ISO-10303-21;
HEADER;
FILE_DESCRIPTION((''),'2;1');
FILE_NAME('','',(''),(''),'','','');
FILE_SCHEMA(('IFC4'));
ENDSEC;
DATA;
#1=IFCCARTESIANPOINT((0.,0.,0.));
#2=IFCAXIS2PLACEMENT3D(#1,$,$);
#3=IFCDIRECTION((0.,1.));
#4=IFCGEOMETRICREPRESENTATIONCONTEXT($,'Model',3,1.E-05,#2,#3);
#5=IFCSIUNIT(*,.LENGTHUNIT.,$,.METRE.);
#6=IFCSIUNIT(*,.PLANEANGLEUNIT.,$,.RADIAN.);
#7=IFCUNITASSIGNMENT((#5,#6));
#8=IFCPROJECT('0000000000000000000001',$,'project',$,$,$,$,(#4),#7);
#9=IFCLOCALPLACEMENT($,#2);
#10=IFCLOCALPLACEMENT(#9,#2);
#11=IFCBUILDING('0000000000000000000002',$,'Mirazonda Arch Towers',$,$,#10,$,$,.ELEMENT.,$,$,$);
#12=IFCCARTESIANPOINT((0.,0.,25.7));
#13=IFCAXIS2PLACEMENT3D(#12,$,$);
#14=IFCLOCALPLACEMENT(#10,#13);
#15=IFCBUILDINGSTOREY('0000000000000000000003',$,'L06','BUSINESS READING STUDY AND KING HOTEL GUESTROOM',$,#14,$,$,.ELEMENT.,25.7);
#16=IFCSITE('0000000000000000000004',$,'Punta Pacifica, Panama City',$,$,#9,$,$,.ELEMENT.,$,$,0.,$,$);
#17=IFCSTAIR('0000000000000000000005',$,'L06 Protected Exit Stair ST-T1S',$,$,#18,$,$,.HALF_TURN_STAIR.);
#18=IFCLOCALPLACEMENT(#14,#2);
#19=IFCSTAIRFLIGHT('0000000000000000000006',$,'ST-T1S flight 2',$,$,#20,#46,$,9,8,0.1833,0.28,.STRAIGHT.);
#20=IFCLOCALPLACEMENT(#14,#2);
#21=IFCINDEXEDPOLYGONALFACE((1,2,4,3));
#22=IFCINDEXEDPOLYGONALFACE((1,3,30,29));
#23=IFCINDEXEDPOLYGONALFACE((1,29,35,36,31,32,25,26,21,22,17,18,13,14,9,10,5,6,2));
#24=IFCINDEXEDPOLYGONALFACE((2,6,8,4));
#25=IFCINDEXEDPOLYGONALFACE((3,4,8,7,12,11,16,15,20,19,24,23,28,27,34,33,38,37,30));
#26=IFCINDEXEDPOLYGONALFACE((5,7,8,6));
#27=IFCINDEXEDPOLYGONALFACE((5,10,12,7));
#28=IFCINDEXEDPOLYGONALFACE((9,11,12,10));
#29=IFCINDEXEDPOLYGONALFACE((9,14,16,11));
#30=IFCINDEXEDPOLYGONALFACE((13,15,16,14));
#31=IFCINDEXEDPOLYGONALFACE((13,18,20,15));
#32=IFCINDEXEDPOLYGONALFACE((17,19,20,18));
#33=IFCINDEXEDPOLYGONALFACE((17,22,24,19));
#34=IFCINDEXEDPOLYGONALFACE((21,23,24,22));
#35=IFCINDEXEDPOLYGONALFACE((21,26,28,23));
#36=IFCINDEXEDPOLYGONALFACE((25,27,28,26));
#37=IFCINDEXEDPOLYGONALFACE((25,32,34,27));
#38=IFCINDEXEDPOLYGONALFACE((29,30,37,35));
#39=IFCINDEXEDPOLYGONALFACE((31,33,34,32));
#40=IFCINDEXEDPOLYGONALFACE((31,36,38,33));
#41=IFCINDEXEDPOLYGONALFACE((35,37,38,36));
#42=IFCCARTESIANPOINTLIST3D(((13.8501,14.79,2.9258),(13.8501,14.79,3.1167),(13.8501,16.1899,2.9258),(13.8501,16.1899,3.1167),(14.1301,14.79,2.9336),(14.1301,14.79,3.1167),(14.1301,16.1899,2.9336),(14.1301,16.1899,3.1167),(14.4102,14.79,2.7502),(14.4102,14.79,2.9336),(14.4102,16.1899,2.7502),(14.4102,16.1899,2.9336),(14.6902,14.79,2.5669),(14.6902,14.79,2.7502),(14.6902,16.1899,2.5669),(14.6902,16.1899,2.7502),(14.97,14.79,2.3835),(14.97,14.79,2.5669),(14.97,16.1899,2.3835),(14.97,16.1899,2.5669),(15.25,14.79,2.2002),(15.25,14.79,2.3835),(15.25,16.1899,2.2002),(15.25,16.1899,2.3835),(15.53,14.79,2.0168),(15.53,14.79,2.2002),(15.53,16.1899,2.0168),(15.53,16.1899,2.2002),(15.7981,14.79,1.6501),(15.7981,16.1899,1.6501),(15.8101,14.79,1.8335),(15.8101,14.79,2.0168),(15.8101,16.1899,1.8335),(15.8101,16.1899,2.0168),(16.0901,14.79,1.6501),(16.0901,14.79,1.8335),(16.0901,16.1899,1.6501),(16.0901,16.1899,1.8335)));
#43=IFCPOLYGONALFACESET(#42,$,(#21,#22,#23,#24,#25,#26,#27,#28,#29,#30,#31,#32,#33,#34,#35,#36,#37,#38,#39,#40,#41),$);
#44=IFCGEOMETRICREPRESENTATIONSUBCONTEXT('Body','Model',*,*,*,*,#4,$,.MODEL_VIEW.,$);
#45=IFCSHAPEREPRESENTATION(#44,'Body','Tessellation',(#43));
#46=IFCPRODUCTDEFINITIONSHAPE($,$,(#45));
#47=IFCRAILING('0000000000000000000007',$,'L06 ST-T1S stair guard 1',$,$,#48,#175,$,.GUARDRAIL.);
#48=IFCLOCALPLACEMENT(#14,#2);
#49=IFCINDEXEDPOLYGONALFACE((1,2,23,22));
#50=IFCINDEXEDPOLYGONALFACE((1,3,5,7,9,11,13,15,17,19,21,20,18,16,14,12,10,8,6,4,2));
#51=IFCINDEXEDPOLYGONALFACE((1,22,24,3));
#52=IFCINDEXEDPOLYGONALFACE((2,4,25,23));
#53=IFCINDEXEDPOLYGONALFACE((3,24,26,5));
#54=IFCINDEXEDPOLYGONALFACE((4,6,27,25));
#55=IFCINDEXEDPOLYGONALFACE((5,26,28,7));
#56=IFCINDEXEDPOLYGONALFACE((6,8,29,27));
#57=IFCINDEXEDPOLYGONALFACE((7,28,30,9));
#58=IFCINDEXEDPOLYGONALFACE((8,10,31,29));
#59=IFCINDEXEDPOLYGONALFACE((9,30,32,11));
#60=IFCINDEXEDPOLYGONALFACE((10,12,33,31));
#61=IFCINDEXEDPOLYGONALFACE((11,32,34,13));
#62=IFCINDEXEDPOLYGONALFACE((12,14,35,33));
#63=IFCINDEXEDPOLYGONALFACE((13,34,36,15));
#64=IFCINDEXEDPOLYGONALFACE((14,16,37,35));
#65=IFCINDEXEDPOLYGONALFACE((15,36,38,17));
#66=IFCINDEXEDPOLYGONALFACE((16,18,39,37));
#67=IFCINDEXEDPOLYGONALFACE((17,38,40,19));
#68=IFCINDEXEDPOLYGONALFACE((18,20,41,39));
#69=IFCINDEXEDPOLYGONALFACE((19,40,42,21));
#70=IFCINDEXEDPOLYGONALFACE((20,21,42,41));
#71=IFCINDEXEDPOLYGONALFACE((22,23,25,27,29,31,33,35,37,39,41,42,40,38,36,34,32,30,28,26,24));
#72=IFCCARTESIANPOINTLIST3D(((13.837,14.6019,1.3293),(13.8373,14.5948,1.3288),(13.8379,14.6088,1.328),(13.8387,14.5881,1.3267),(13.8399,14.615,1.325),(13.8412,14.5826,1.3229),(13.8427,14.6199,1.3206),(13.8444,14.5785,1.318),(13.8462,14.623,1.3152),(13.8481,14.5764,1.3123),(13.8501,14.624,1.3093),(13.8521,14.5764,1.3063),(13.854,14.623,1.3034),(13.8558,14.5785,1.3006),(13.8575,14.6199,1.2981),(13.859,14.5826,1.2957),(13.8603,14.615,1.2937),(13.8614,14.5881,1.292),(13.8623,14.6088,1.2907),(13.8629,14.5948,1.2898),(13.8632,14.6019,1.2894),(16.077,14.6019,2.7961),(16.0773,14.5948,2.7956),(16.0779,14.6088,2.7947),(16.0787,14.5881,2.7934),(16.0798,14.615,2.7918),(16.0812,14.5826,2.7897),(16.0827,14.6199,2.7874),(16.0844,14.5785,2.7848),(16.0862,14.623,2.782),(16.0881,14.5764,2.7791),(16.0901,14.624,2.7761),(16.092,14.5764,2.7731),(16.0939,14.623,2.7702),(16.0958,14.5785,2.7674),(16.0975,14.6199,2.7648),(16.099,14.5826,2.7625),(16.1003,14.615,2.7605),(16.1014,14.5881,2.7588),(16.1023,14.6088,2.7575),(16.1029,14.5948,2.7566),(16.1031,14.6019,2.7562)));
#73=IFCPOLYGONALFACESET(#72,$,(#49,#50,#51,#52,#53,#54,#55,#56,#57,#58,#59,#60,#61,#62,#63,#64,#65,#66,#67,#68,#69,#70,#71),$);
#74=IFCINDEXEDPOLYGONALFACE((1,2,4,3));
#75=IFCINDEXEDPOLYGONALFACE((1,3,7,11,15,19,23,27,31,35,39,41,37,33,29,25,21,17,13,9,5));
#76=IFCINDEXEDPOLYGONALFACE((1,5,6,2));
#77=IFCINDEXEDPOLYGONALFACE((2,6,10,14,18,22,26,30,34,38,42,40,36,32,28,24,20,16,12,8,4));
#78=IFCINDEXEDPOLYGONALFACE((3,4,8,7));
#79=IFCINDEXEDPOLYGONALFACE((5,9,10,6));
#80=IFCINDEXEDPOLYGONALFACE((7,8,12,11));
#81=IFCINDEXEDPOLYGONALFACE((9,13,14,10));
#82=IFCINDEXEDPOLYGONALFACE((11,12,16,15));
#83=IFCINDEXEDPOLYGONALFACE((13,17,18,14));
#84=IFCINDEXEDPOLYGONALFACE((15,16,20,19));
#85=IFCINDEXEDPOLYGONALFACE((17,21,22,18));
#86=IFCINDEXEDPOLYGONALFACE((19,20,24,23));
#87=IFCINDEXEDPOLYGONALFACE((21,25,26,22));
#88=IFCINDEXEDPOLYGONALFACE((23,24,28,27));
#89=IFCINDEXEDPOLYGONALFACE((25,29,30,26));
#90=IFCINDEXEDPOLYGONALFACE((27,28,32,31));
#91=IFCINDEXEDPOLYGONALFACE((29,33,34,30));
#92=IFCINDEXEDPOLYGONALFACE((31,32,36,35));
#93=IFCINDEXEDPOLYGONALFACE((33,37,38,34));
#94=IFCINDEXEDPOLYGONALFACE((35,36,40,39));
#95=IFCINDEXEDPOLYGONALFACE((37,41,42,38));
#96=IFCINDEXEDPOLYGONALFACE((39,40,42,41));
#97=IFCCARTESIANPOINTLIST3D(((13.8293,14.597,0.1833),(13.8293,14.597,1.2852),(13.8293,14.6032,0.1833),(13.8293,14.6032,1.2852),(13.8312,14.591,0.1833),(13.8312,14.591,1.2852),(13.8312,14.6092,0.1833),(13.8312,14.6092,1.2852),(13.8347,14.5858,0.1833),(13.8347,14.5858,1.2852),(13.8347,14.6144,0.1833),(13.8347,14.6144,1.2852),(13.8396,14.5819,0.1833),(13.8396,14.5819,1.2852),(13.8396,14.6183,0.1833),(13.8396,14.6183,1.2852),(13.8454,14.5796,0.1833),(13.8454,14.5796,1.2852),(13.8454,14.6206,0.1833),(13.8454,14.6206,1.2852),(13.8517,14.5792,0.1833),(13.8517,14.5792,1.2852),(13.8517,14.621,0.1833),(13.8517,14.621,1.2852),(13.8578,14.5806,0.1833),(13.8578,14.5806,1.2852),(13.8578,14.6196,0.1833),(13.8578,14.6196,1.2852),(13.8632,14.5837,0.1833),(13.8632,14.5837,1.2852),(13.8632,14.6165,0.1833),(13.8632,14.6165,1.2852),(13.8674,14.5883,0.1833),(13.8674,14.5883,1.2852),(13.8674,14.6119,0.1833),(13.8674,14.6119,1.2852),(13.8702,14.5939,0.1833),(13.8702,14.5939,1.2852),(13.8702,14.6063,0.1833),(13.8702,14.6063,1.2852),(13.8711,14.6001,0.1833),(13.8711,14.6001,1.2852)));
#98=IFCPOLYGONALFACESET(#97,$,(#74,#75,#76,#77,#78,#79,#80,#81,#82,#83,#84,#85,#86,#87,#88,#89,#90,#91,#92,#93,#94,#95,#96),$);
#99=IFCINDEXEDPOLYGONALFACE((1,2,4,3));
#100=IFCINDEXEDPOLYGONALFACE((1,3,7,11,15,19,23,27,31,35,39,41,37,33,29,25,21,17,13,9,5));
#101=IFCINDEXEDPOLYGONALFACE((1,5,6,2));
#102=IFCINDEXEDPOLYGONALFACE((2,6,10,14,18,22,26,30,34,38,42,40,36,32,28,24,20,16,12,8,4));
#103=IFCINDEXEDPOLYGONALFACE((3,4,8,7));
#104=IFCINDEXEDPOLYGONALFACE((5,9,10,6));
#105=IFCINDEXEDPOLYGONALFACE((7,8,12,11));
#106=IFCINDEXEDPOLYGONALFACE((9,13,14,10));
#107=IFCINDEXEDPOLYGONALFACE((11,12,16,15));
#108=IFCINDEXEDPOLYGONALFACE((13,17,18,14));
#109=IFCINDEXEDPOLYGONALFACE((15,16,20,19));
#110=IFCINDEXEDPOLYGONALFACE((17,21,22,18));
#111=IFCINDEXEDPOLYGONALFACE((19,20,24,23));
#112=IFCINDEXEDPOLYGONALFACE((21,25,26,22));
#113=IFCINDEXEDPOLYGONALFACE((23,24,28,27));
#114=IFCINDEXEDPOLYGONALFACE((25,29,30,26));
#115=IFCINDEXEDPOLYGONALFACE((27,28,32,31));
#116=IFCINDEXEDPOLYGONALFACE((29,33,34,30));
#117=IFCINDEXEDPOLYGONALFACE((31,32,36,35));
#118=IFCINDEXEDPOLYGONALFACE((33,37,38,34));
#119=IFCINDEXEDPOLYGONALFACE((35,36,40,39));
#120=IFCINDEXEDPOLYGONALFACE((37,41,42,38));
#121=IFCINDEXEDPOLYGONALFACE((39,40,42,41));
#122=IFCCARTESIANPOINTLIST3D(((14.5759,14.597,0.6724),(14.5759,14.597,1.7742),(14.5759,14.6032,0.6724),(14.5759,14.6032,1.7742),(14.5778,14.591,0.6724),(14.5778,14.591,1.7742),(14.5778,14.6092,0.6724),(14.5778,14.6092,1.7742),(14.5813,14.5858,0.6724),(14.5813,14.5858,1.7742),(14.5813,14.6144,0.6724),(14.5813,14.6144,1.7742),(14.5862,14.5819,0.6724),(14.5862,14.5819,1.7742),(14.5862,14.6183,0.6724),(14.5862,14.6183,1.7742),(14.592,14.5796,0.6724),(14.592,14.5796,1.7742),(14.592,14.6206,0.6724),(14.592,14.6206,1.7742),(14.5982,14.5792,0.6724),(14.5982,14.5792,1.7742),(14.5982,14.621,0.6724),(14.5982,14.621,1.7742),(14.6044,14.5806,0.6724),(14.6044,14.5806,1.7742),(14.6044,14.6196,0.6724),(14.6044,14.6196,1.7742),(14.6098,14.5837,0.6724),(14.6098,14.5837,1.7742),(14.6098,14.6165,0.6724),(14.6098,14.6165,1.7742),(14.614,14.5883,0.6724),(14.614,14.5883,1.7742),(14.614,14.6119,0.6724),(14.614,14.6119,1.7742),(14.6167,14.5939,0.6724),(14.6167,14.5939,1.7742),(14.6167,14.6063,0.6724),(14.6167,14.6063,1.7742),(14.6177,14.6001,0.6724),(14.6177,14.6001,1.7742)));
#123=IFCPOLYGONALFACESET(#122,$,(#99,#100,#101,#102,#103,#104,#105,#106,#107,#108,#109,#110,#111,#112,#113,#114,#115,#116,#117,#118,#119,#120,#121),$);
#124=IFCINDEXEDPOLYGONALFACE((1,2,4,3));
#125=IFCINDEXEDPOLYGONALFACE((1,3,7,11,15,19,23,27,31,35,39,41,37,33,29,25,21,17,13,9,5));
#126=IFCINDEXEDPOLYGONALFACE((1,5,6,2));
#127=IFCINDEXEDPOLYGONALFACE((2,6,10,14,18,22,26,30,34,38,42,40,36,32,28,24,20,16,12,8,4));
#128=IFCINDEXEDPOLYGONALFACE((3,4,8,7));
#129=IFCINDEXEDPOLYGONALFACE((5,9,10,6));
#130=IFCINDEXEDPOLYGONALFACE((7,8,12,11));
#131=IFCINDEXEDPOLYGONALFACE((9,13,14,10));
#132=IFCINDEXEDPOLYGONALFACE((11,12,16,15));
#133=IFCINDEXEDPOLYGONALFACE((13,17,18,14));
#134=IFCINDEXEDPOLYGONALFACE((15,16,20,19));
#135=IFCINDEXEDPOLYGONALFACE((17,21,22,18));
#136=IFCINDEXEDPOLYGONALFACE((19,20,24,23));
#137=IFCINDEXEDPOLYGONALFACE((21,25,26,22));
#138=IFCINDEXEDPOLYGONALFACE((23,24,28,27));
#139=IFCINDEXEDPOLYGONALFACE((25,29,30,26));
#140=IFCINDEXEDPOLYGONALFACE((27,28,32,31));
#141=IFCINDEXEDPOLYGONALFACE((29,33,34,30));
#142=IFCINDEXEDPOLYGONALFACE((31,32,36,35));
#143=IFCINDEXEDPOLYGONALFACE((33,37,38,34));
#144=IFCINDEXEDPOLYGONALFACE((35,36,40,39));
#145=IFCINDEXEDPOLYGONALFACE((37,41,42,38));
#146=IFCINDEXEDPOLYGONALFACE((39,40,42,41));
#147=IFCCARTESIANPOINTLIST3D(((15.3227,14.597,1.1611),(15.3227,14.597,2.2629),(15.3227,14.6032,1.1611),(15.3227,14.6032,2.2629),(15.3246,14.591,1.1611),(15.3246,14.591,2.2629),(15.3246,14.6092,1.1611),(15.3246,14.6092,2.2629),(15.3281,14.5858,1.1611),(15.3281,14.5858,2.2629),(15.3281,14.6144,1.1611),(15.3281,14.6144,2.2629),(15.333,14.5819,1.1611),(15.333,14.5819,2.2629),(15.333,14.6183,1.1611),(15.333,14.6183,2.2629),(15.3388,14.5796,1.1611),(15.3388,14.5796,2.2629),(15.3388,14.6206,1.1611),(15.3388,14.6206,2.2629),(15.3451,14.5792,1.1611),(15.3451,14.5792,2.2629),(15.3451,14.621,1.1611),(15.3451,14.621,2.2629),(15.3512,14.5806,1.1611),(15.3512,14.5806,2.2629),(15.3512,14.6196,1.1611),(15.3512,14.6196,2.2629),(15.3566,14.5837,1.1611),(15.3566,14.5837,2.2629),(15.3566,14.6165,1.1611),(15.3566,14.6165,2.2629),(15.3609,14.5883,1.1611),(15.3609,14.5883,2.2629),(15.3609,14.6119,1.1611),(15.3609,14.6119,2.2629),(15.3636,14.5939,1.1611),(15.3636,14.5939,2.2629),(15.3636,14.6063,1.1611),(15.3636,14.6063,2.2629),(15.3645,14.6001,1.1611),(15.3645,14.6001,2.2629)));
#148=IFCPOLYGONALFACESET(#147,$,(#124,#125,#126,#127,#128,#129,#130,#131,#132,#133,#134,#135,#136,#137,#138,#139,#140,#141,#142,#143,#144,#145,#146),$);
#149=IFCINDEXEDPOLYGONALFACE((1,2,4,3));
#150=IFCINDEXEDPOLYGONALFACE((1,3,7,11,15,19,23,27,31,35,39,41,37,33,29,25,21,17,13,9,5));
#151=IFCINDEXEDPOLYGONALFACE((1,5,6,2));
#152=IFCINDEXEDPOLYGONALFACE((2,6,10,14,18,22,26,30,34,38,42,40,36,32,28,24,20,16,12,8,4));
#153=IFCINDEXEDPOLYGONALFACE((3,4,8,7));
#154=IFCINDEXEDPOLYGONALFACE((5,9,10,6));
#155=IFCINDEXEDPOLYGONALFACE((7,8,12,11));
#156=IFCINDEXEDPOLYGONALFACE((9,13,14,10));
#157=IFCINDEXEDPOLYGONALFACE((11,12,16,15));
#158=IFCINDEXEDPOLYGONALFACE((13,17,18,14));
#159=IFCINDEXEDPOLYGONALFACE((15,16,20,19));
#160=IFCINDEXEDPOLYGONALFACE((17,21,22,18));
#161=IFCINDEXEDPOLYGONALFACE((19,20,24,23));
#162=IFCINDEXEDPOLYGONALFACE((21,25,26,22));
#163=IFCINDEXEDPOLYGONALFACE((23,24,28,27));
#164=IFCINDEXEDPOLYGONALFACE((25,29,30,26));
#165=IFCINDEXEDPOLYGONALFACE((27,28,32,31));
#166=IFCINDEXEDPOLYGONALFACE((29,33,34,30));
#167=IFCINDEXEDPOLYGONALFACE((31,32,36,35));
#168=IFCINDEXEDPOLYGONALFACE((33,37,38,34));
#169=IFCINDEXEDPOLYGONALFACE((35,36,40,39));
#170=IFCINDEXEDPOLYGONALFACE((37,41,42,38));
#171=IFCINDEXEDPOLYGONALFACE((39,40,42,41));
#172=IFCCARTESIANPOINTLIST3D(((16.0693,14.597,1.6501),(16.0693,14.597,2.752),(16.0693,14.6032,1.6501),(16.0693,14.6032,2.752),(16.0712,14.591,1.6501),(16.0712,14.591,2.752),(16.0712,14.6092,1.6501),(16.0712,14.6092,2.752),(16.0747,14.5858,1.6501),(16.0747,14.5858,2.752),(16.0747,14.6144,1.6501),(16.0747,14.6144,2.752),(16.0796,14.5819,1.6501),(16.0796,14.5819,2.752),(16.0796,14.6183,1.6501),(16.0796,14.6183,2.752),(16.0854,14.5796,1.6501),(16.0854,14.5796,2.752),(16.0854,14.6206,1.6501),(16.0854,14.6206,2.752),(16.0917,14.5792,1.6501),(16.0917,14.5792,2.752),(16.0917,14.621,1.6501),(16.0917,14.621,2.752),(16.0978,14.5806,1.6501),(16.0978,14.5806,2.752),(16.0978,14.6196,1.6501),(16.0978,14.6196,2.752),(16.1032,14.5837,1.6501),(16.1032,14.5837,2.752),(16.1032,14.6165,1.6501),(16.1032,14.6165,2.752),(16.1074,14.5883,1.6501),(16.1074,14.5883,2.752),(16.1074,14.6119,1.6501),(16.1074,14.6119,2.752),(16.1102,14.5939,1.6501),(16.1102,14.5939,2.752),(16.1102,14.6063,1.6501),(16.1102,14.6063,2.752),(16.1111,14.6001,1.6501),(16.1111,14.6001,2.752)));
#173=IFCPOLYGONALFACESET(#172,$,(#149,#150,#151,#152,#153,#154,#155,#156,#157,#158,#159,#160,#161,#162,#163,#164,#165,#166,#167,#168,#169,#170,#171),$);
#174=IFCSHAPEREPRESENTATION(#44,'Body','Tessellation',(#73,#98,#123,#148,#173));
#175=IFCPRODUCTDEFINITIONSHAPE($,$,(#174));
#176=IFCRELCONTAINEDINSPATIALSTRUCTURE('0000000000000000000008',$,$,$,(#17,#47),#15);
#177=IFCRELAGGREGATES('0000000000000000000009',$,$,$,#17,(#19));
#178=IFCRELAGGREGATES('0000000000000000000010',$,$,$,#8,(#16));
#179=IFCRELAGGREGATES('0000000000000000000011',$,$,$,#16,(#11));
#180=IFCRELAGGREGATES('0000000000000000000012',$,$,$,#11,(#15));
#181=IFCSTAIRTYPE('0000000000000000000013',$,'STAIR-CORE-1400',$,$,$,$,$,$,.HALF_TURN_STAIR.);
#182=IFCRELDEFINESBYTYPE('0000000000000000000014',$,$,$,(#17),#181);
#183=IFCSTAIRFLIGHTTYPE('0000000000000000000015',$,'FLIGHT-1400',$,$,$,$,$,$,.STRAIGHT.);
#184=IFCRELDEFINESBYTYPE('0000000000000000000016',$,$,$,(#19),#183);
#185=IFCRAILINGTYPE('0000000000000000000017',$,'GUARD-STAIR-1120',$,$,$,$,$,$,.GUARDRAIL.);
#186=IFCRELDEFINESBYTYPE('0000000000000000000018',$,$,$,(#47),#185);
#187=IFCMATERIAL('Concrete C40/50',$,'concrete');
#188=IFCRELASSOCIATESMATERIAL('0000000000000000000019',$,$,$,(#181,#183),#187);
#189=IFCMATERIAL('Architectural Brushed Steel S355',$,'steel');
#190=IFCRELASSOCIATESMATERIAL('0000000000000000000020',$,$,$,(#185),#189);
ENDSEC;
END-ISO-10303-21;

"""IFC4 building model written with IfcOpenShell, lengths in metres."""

from ifc_helpers import new_model, si_unit, direction, frame, origin, origin_2d, place, context, subcontext, project, spatial, polyline, circle, outline, extrude, material, type_object, element, aggregate, save


model = new_model("IFC4")

# Units and contexts
model_context = context("Model", 3, precision=1e-05, world=origin(), true_north=direction((0.0, 1.0)))
body_context = subcontext(model_context, "Body", "Model", "MODEL_VIEW")
ifc_project = project(units=[si_unit("LENGTHUNIT", "METRE"), si_unit("PLANEANGLEUNIT", "RADIAN")], contexts=[model_context])

# Site, building, storey
site_placement = place(None, origin())
site = spatial("IfcSite", under=ifc_project, at=site_placement, Name="Punta Pacifica, Panama City", CompositionType="ELEMENT", RefElevation=0.0)
building_placement = place(site_placement, origin())
building = spatial("IfcBuilding", under=site, at=building_placement, Name="Mirazonda Arch Towers", CompositionType="ELEMENT")
storey_placement = place(building_placement, frame((0.0, 0.0, 25.7)))
storey = spatial("IfcBuildingStorey", under=building, at=storey_placement, Name="L06", Description="BUSINESS READING STUDY AND KING HOTEL GUESTROOM", CompositionType="ELEMENT", Elevation=25.7)

# Shared definitions
ifc_material_1 = material(Name="Concrete C40/50", Category="concrete")

# Stair, stair flight
stair_type = type_object("IfcStairType", Name="STAIR-CORE-1400", PredefinedType="HALF_TURN_STAIR", material=ifc_material_1)
stair_placement = place(storey_placement, origin())
stair = element("IfcStair", 1, at=stair_placement, inside=storey, type_object=stair_type, Name="L06 Protected Exit Stair ST-T1S", PredefinedType="HALF_TURN_STAIR")
stair_flight_type = type_object("IfcStairFlightType", Name="FLIGHT-1400", PredefinedType="STRAIGHT", material=ifc_material_1)
stair_flight_1_placement = place(storey_placement, frame((16.0901, 15.49, 1.6501), z_axis=(0.0, 0.0, 1.0), x_axis=(-1.0, 0.0, 0.0)))
stair_flight_1 = element("IfcStairFlight", 2, at=stair_flight_1_placement, type_object=stair_flight_type, Name="ST-T1S flight 2", NumberOfRisers=9, NumberOfTreads=8, PredefinedType="STRAIGHT", RiserHeight=0.1833, TreadLength=0.28, context=body_context, shape_type="SweptSolid", body=[
    extrude(outline(polyline([(0.0, 0.0), (0.0, 0.1833), (0.28, 0.1833), (0.28, 0.3667), (0.5601, 0.3667), (0.5601, 0.55), (0.8401, 0.55), (0.8401, 0.7334), (1.1201, 0.7334), (1.1201, 0.9167), (1.3999, 0.9167), (1.3999, 1.1001), (1.6799, 1.1001), (1.6799, 1.2834), (1.96, 1.2834), (1.96, 1.4666), (2.24, 1.4666), (2.24, 1.6499), (2.24, 1.2756), (0.292, 0.0), (0.0, 0.0)])), frame((0.0, 0.7, 0.0), z_axis=(0.0, -1.0, 0.0), x_axis=(1.0, 0.0, 0.0)), (0.0, 0.0, 1.0), 1.3999),
])
aggregate(stair, [stair_flight_1])

# Railing
ifc_material_2 = material(Name="Architectural Brushed Steel S355", Category="steel")
railing_type_1 = type_object("IfcRailingType", Name="GUARD-STAIR-1120", PredefinedType="GUARDRAIL", material=ifc_material_2)
railing_1_placement = place(storey_placement, frame((13.8501, 14.6001, 0.1833)))
element("IfcRailing", 3, at=railing_1_placement, inside=storey, type_object=railing_type_1, Name="L06 ST-T1S stair guard 1", PredefinedType="GUARDRAIL", context=body_context, shape_type="SweptSolid", body=[
    extrude(circle(Radius=0.0239, at=origin_2d()), frame((0.0, 0.0, 1.126), z_axis=(0.836595, 0.0, 0.547822), x_axis=(0.0, 1.0, 0.0)), (0.0, 0.0, 1.0), 2.6775),
    extrude(circle(Radius=0.021, at=origin_2d()), origin(), (0.0, 0.0, 1.0), 1.1018),
    extrude(circle(Radius=0.021, at=origin_2d()), frame((0.7466, 0.0, 0.489)), (0.0, 0.0, 1.0), 1.1018),
    extrude(circle(Radius=0.021, at=origin_2d()), frame((1.4934, 0.0, 0.9778)), (0.0, 0.0, 1.0), 1.1018),
    extrude(circle(Radius=0.021, at=origin_2d()), frame((2.24, 0.0, 1.4668)), (0.0, 0.0, 1.0), 1.1018),
])

save(model, "model.ifc")
